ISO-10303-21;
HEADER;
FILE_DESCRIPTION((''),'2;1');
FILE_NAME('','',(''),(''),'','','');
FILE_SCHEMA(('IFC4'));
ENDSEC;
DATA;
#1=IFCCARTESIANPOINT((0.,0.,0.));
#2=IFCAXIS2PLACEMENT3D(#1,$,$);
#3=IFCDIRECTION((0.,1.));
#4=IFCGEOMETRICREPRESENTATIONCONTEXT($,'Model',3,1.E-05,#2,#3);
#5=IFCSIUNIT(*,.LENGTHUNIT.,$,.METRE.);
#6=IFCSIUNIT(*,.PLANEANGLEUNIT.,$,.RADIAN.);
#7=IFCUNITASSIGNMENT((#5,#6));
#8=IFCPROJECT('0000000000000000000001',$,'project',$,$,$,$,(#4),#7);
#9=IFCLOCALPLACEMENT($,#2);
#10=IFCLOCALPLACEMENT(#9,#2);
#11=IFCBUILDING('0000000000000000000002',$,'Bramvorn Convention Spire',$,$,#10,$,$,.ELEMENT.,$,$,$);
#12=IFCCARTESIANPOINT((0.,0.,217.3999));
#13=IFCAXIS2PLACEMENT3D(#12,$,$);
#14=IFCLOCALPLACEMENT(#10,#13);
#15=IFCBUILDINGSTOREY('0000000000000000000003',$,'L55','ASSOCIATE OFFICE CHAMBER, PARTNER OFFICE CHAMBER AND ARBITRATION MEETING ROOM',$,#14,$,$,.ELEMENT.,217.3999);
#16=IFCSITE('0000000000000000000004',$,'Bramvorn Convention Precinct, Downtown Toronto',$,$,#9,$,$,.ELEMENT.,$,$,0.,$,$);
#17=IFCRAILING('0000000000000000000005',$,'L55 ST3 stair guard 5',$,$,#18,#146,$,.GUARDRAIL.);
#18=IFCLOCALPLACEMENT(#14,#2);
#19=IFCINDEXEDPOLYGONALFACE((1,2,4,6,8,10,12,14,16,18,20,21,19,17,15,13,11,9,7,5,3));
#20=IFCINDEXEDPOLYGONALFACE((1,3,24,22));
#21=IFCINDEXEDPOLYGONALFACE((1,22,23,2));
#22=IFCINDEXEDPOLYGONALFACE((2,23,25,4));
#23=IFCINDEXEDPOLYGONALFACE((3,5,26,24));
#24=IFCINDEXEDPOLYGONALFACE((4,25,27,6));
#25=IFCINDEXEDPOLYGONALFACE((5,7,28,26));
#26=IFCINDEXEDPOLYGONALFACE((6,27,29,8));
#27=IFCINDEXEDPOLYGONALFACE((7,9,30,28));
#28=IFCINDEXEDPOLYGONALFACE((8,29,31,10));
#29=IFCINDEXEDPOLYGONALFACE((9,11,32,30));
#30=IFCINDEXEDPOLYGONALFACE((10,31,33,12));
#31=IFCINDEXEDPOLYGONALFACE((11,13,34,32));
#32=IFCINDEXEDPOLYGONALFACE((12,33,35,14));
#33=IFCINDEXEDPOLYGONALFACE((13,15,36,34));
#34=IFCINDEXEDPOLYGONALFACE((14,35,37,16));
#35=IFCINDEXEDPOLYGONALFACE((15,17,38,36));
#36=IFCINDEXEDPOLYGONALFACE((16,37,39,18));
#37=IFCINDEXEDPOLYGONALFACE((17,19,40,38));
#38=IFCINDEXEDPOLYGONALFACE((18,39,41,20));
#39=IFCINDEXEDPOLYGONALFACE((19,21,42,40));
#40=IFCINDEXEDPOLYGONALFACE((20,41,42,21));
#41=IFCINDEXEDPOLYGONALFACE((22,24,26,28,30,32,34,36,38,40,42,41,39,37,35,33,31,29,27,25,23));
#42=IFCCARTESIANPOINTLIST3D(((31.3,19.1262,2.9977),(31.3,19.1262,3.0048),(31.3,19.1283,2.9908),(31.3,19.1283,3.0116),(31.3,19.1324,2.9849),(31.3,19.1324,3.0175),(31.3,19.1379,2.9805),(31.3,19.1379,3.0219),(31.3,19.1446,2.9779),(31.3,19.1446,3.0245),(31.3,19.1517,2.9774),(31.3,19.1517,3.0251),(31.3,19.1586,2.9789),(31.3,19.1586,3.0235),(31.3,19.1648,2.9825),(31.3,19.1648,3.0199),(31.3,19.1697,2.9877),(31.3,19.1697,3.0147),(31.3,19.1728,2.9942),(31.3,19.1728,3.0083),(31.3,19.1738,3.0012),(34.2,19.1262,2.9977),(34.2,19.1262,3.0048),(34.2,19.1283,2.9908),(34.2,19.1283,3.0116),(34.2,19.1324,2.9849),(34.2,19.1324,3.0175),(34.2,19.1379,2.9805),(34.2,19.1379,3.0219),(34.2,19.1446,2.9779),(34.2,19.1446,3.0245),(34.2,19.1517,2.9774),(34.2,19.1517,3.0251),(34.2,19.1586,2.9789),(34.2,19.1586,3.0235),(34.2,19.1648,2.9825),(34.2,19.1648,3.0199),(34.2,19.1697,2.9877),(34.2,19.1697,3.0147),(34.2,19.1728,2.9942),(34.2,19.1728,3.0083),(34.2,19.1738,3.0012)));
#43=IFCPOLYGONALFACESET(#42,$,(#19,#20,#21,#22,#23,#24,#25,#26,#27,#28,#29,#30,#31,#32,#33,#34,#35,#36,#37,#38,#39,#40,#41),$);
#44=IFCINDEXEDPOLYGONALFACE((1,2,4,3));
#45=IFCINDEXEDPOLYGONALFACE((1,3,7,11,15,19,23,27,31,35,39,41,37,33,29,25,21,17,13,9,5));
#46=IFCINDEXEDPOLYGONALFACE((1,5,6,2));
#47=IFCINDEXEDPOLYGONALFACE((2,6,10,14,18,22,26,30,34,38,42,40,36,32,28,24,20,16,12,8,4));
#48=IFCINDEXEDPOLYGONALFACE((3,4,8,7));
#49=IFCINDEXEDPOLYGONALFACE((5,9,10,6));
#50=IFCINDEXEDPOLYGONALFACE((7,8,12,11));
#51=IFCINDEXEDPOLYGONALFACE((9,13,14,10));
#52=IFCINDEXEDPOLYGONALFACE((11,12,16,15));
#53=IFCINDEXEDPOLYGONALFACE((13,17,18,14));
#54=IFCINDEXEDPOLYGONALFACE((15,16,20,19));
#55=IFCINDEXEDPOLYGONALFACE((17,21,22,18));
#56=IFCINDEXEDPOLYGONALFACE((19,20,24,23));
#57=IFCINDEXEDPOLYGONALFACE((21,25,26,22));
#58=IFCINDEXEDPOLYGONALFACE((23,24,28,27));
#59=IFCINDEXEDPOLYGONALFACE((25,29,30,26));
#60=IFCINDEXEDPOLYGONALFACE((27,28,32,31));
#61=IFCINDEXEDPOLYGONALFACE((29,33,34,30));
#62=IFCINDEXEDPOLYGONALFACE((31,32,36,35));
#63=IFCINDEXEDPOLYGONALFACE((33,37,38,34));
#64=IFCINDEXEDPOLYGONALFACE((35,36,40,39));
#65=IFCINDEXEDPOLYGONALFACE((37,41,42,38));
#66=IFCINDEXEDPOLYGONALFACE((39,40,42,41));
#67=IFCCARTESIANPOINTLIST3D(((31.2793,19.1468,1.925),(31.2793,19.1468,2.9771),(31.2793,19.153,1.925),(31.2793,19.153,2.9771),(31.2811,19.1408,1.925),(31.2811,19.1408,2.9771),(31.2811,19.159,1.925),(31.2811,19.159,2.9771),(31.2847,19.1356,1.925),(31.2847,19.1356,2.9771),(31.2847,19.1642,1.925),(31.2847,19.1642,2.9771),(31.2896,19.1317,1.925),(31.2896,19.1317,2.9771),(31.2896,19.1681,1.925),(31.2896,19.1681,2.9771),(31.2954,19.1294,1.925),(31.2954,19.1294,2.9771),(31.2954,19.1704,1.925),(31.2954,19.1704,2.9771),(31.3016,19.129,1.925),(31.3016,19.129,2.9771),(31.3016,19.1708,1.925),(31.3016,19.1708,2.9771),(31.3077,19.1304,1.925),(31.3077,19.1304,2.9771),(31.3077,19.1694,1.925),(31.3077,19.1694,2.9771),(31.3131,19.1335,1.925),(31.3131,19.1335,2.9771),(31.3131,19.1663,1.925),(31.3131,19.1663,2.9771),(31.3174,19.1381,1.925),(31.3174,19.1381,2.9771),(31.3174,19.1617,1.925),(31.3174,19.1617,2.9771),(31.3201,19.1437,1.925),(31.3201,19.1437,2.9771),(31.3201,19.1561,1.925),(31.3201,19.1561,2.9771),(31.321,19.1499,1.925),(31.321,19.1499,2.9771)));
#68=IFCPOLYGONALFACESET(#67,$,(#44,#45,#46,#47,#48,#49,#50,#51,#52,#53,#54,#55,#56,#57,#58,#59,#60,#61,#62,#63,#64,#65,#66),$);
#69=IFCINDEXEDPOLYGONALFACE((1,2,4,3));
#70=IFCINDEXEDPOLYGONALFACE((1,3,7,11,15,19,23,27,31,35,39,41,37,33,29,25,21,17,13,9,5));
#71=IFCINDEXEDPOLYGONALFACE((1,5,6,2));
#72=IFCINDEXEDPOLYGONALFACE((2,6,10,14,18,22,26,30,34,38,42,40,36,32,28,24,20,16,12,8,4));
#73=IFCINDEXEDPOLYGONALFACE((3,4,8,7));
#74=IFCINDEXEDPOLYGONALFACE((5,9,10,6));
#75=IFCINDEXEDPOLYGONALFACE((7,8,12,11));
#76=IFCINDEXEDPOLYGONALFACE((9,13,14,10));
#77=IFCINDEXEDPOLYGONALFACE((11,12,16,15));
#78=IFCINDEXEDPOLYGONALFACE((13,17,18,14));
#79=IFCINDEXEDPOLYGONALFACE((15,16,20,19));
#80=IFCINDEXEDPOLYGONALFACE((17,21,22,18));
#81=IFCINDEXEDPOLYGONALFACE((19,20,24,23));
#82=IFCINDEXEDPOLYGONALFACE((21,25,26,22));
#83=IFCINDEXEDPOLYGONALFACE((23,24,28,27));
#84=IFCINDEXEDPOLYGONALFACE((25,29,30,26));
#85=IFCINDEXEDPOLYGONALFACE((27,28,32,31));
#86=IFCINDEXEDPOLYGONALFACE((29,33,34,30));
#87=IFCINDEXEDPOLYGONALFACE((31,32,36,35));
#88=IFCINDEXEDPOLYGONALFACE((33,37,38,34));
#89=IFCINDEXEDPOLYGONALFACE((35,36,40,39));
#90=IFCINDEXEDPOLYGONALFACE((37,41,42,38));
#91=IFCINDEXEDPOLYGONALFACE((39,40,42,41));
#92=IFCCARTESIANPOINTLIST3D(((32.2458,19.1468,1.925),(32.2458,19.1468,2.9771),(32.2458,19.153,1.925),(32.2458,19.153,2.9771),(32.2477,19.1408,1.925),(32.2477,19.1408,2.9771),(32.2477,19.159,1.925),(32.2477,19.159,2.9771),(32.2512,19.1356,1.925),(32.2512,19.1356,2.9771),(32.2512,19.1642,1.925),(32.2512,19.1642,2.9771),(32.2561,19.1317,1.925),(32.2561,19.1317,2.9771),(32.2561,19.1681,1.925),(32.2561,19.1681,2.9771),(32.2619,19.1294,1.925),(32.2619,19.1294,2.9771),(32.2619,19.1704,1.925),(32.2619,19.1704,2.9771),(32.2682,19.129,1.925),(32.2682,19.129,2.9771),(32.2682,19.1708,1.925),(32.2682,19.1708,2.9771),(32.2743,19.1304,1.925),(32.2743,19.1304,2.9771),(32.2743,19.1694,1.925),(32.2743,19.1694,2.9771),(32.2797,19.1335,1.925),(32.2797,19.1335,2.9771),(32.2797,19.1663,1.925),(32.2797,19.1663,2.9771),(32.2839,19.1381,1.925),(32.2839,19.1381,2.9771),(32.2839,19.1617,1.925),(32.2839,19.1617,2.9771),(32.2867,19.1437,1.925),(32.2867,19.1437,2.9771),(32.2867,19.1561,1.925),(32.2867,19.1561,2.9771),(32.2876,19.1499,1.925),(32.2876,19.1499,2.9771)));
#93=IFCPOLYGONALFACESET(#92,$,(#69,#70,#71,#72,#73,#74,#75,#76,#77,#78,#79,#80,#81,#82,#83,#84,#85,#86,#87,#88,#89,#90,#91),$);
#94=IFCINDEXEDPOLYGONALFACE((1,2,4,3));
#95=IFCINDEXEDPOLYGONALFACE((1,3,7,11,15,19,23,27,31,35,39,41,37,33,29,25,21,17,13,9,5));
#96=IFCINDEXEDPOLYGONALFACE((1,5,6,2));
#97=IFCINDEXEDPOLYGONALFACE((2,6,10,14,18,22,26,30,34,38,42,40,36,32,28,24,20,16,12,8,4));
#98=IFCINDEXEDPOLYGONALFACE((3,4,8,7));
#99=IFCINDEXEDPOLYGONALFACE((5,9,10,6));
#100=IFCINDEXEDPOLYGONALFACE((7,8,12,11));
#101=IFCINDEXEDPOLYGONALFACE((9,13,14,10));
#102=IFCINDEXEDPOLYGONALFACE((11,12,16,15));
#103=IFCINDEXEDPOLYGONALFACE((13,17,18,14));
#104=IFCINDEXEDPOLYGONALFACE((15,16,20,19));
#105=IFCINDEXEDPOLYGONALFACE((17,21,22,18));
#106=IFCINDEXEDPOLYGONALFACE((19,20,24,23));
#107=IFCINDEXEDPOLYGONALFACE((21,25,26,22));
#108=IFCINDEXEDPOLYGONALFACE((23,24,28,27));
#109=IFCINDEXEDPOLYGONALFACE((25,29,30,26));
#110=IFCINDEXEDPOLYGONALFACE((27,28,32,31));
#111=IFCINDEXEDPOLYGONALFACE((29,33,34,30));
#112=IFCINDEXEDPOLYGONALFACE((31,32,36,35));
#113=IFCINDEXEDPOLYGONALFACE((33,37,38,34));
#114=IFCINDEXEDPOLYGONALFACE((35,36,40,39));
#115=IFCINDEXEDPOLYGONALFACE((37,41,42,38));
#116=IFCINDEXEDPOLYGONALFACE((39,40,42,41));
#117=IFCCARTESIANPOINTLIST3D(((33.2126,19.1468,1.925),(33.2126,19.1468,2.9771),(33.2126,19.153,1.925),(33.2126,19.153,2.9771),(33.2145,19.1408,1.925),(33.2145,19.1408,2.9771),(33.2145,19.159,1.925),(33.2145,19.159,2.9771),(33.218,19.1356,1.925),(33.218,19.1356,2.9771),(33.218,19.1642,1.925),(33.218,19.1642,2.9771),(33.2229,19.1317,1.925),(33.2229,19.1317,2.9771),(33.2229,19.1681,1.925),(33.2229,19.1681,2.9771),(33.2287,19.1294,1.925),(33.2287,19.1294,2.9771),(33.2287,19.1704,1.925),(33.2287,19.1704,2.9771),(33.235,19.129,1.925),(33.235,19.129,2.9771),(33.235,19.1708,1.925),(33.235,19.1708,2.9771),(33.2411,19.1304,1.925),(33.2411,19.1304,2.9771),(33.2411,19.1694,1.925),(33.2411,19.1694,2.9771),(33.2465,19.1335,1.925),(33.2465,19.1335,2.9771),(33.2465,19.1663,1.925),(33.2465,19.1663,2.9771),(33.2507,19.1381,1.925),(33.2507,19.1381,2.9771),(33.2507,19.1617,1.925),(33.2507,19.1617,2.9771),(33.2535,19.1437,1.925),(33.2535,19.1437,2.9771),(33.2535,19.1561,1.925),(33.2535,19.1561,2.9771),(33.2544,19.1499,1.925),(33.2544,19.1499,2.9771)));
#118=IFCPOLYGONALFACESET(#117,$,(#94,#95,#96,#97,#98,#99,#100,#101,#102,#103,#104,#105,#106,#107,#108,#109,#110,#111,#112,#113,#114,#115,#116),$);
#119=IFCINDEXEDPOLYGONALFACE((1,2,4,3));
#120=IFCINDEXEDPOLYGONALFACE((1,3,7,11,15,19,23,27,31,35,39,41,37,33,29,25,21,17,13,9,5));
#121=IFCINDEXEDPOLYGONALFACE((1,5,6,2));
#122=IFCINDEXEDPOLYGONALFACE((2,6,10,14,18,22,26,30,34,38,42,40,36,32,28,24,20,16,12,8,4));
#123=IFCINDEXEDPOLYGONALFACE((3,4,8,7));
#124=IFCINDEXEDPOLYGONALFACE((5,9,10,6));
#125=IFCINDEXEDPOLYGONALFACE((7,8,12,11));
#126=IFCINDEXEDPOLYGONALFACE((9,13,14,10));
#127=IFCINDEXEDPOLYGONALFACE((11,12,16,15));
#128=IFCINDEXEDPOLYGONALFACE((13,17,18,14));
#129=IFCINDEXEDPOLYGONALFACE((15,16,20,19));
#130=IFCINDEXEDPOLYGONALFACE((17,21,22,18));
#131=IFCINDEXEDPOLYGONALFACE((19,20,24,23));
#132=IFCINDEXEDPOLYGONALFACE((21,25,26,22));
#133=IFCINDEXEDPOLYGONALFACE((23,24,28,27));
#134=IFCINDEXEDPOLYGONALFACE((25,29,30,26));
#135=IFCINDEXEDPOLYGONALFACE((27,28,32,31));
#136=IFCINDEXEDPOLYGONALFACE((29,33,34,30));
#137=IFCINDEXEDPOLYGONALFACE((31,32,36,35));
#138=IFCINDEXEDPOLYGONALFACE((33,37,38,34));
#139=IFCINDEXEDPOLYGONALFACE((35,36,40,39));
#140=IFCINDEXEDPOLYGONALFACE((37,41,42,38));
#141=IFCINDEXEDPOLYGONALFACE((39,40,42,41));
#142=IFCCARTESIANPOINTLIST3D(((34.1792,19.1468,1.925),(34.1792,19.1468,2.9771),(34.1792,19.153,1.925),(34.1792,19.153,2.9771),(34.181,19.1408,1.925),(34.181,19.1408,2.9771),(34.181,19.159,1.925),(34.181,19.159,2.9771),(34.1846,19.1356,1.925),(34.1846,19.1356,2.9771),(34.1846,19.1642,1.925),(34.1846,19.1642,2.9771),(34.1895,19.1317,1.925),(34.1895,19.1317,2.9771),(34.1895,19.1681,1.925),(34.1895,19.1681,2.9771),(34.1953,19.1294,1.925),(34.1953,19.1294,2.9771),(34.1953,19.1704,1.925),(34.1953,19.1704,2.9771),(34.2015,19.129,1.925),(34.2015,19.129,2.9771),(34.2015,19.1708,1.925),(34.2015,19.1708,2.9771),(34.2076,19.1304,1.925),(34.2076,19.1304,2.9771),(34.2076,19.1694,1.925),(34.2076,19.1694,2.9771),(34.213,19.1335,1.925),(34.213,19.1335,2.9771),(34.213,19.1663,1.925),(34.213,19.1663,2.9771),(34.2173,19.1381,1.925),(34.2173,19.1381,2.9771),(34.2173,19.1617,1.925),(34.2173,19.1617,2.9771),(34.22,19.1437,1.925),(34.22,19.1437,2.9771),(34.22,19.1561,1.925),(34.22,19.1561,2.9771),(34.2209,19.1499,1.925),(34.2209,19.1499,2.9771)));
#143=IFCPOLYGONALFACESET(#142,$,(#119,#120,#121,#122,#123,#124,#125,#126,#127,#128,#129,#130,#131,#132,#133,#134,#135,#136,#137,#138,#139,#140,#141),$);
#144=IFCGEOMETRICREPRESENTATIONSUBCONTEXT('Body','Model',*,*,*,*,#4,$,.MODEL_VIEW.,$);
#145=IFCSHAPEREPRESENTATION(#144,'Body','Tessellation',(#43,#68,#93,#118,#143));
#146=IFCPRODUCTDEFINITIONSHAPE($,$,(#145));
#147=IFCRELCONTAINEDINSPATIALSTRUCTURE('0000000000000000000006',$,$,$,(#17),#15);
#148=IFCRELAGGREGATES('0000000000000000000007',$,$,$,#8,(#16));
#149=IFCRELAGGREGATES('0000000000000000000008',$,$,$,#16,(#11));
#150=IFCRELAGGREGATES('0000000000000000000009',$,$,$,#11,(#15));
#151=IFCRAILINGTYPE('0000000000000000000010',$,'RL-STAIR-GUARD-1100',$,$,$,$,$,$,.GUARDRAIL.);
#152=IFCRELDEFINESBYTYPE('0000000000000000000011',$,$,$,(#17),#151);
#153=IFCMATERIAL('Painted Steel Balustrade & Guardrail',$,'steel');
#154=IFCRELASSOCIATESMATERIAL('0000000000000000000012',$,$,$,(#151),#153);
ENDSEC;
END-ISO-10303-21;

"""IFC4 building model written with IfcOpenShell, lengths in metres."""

from ifc_helpers import new_model, si_unit, direction, frame, origin, origin_2d, place, context, subcontext, project, spatial, circle, extrude, material, type_object, element, save


model = new_model("IFC4")

# Units and contexts
model_context = context("Model", 3, precision=1e-05, world=origin(), true_north=direction((0.0, 1.0)))
body_context = subcontext(model_context, "Body", "Model", "MODEL_VIEW")
ifc_project = project(units=[si_unit("LENGTHUNIT", "METRE"), si_unit("PLANEANGLEUNIT", "RADIAN")], contexts=[model_context])

# Site, building, storey
site_placement = place(None, origin())
site = spatial("IfcSite", under=ifc_project, at=site_placement, Name="Bramvorn Convention Precinct, Downtown Toronto", CompositionType="ELEMENT", RefElevation=0.0)
building_placement = place(site_placement, origin())
building = spatial("IfcBuilding", under=site, at=building_placement, Name="Bramvorn Convention Spire", CompositionType="ELEMENT")
storey_placement = place(building_placement, frame((0.0, 0.0, 217.3999)))
storey = spatial("IfcBuildingStorey", under=building, at=storey_placement, Name="L55", Description="ASSOCIATE OFFICE CHAMBER, PARTNER OFFICE CHAMBER AND ARBITRATION MEETING ROOM", CompositionType="ELEMENT", Elevation=217.3999)

# Railing
ifc_material_1 = material(Name="Painted Steel Balustrade & Guardrail", Category="steel")
railing_type_1 = type_object("IfcRailingType", Name="RL-STAIR-GUARD-1100", PredefinedType="GUARDRAIL", material=ifc_material_1)
railing_1_placement = place(storey_placement, frame((31.3, 19.1499, 1.925)))
element("IfcRailing", 1, at=railing_1_placement, inside=storey, type_object=railing_type_1, Name="L55 ST3 stair guard 5", PredefinedType="GUARDRAIL", context=body_context, shape_type="SweptSolid", body=[
    extrude(circle(Radius=0.0239, at=origin_2d()), frame((0.0, 0.0, 1.0762), z_axis=(1.0, 0.0, 0.0), x_axis=(0.0, 1.0, 0.0)), (0.0, 0.0, 1.0), 2.8999),
    extrude(circle(Radius=0.021, at=origin_2d()), origin(), (0.0, 0.0, 1.0), 1.052),
    extrude(circle(Radius=0.021, at=origin_2d()), frame((0.9666, 0.0, 0.0)), (0.0, 0.0, 1.0), 1.052),
    extrude(circle(Radius=0.021, at=origin_2d()), frame((1.9333, 0.0, 0.0)), (0.0, 0.0, 1.0), 1.052),
    extrude(circle(Radius=0.021, at=origin_2d()), frame((2.8999, 0.0, 0.0)), (0.0, 0.0, 1.0), 1.052),
])

save(model, "model.ifc")
